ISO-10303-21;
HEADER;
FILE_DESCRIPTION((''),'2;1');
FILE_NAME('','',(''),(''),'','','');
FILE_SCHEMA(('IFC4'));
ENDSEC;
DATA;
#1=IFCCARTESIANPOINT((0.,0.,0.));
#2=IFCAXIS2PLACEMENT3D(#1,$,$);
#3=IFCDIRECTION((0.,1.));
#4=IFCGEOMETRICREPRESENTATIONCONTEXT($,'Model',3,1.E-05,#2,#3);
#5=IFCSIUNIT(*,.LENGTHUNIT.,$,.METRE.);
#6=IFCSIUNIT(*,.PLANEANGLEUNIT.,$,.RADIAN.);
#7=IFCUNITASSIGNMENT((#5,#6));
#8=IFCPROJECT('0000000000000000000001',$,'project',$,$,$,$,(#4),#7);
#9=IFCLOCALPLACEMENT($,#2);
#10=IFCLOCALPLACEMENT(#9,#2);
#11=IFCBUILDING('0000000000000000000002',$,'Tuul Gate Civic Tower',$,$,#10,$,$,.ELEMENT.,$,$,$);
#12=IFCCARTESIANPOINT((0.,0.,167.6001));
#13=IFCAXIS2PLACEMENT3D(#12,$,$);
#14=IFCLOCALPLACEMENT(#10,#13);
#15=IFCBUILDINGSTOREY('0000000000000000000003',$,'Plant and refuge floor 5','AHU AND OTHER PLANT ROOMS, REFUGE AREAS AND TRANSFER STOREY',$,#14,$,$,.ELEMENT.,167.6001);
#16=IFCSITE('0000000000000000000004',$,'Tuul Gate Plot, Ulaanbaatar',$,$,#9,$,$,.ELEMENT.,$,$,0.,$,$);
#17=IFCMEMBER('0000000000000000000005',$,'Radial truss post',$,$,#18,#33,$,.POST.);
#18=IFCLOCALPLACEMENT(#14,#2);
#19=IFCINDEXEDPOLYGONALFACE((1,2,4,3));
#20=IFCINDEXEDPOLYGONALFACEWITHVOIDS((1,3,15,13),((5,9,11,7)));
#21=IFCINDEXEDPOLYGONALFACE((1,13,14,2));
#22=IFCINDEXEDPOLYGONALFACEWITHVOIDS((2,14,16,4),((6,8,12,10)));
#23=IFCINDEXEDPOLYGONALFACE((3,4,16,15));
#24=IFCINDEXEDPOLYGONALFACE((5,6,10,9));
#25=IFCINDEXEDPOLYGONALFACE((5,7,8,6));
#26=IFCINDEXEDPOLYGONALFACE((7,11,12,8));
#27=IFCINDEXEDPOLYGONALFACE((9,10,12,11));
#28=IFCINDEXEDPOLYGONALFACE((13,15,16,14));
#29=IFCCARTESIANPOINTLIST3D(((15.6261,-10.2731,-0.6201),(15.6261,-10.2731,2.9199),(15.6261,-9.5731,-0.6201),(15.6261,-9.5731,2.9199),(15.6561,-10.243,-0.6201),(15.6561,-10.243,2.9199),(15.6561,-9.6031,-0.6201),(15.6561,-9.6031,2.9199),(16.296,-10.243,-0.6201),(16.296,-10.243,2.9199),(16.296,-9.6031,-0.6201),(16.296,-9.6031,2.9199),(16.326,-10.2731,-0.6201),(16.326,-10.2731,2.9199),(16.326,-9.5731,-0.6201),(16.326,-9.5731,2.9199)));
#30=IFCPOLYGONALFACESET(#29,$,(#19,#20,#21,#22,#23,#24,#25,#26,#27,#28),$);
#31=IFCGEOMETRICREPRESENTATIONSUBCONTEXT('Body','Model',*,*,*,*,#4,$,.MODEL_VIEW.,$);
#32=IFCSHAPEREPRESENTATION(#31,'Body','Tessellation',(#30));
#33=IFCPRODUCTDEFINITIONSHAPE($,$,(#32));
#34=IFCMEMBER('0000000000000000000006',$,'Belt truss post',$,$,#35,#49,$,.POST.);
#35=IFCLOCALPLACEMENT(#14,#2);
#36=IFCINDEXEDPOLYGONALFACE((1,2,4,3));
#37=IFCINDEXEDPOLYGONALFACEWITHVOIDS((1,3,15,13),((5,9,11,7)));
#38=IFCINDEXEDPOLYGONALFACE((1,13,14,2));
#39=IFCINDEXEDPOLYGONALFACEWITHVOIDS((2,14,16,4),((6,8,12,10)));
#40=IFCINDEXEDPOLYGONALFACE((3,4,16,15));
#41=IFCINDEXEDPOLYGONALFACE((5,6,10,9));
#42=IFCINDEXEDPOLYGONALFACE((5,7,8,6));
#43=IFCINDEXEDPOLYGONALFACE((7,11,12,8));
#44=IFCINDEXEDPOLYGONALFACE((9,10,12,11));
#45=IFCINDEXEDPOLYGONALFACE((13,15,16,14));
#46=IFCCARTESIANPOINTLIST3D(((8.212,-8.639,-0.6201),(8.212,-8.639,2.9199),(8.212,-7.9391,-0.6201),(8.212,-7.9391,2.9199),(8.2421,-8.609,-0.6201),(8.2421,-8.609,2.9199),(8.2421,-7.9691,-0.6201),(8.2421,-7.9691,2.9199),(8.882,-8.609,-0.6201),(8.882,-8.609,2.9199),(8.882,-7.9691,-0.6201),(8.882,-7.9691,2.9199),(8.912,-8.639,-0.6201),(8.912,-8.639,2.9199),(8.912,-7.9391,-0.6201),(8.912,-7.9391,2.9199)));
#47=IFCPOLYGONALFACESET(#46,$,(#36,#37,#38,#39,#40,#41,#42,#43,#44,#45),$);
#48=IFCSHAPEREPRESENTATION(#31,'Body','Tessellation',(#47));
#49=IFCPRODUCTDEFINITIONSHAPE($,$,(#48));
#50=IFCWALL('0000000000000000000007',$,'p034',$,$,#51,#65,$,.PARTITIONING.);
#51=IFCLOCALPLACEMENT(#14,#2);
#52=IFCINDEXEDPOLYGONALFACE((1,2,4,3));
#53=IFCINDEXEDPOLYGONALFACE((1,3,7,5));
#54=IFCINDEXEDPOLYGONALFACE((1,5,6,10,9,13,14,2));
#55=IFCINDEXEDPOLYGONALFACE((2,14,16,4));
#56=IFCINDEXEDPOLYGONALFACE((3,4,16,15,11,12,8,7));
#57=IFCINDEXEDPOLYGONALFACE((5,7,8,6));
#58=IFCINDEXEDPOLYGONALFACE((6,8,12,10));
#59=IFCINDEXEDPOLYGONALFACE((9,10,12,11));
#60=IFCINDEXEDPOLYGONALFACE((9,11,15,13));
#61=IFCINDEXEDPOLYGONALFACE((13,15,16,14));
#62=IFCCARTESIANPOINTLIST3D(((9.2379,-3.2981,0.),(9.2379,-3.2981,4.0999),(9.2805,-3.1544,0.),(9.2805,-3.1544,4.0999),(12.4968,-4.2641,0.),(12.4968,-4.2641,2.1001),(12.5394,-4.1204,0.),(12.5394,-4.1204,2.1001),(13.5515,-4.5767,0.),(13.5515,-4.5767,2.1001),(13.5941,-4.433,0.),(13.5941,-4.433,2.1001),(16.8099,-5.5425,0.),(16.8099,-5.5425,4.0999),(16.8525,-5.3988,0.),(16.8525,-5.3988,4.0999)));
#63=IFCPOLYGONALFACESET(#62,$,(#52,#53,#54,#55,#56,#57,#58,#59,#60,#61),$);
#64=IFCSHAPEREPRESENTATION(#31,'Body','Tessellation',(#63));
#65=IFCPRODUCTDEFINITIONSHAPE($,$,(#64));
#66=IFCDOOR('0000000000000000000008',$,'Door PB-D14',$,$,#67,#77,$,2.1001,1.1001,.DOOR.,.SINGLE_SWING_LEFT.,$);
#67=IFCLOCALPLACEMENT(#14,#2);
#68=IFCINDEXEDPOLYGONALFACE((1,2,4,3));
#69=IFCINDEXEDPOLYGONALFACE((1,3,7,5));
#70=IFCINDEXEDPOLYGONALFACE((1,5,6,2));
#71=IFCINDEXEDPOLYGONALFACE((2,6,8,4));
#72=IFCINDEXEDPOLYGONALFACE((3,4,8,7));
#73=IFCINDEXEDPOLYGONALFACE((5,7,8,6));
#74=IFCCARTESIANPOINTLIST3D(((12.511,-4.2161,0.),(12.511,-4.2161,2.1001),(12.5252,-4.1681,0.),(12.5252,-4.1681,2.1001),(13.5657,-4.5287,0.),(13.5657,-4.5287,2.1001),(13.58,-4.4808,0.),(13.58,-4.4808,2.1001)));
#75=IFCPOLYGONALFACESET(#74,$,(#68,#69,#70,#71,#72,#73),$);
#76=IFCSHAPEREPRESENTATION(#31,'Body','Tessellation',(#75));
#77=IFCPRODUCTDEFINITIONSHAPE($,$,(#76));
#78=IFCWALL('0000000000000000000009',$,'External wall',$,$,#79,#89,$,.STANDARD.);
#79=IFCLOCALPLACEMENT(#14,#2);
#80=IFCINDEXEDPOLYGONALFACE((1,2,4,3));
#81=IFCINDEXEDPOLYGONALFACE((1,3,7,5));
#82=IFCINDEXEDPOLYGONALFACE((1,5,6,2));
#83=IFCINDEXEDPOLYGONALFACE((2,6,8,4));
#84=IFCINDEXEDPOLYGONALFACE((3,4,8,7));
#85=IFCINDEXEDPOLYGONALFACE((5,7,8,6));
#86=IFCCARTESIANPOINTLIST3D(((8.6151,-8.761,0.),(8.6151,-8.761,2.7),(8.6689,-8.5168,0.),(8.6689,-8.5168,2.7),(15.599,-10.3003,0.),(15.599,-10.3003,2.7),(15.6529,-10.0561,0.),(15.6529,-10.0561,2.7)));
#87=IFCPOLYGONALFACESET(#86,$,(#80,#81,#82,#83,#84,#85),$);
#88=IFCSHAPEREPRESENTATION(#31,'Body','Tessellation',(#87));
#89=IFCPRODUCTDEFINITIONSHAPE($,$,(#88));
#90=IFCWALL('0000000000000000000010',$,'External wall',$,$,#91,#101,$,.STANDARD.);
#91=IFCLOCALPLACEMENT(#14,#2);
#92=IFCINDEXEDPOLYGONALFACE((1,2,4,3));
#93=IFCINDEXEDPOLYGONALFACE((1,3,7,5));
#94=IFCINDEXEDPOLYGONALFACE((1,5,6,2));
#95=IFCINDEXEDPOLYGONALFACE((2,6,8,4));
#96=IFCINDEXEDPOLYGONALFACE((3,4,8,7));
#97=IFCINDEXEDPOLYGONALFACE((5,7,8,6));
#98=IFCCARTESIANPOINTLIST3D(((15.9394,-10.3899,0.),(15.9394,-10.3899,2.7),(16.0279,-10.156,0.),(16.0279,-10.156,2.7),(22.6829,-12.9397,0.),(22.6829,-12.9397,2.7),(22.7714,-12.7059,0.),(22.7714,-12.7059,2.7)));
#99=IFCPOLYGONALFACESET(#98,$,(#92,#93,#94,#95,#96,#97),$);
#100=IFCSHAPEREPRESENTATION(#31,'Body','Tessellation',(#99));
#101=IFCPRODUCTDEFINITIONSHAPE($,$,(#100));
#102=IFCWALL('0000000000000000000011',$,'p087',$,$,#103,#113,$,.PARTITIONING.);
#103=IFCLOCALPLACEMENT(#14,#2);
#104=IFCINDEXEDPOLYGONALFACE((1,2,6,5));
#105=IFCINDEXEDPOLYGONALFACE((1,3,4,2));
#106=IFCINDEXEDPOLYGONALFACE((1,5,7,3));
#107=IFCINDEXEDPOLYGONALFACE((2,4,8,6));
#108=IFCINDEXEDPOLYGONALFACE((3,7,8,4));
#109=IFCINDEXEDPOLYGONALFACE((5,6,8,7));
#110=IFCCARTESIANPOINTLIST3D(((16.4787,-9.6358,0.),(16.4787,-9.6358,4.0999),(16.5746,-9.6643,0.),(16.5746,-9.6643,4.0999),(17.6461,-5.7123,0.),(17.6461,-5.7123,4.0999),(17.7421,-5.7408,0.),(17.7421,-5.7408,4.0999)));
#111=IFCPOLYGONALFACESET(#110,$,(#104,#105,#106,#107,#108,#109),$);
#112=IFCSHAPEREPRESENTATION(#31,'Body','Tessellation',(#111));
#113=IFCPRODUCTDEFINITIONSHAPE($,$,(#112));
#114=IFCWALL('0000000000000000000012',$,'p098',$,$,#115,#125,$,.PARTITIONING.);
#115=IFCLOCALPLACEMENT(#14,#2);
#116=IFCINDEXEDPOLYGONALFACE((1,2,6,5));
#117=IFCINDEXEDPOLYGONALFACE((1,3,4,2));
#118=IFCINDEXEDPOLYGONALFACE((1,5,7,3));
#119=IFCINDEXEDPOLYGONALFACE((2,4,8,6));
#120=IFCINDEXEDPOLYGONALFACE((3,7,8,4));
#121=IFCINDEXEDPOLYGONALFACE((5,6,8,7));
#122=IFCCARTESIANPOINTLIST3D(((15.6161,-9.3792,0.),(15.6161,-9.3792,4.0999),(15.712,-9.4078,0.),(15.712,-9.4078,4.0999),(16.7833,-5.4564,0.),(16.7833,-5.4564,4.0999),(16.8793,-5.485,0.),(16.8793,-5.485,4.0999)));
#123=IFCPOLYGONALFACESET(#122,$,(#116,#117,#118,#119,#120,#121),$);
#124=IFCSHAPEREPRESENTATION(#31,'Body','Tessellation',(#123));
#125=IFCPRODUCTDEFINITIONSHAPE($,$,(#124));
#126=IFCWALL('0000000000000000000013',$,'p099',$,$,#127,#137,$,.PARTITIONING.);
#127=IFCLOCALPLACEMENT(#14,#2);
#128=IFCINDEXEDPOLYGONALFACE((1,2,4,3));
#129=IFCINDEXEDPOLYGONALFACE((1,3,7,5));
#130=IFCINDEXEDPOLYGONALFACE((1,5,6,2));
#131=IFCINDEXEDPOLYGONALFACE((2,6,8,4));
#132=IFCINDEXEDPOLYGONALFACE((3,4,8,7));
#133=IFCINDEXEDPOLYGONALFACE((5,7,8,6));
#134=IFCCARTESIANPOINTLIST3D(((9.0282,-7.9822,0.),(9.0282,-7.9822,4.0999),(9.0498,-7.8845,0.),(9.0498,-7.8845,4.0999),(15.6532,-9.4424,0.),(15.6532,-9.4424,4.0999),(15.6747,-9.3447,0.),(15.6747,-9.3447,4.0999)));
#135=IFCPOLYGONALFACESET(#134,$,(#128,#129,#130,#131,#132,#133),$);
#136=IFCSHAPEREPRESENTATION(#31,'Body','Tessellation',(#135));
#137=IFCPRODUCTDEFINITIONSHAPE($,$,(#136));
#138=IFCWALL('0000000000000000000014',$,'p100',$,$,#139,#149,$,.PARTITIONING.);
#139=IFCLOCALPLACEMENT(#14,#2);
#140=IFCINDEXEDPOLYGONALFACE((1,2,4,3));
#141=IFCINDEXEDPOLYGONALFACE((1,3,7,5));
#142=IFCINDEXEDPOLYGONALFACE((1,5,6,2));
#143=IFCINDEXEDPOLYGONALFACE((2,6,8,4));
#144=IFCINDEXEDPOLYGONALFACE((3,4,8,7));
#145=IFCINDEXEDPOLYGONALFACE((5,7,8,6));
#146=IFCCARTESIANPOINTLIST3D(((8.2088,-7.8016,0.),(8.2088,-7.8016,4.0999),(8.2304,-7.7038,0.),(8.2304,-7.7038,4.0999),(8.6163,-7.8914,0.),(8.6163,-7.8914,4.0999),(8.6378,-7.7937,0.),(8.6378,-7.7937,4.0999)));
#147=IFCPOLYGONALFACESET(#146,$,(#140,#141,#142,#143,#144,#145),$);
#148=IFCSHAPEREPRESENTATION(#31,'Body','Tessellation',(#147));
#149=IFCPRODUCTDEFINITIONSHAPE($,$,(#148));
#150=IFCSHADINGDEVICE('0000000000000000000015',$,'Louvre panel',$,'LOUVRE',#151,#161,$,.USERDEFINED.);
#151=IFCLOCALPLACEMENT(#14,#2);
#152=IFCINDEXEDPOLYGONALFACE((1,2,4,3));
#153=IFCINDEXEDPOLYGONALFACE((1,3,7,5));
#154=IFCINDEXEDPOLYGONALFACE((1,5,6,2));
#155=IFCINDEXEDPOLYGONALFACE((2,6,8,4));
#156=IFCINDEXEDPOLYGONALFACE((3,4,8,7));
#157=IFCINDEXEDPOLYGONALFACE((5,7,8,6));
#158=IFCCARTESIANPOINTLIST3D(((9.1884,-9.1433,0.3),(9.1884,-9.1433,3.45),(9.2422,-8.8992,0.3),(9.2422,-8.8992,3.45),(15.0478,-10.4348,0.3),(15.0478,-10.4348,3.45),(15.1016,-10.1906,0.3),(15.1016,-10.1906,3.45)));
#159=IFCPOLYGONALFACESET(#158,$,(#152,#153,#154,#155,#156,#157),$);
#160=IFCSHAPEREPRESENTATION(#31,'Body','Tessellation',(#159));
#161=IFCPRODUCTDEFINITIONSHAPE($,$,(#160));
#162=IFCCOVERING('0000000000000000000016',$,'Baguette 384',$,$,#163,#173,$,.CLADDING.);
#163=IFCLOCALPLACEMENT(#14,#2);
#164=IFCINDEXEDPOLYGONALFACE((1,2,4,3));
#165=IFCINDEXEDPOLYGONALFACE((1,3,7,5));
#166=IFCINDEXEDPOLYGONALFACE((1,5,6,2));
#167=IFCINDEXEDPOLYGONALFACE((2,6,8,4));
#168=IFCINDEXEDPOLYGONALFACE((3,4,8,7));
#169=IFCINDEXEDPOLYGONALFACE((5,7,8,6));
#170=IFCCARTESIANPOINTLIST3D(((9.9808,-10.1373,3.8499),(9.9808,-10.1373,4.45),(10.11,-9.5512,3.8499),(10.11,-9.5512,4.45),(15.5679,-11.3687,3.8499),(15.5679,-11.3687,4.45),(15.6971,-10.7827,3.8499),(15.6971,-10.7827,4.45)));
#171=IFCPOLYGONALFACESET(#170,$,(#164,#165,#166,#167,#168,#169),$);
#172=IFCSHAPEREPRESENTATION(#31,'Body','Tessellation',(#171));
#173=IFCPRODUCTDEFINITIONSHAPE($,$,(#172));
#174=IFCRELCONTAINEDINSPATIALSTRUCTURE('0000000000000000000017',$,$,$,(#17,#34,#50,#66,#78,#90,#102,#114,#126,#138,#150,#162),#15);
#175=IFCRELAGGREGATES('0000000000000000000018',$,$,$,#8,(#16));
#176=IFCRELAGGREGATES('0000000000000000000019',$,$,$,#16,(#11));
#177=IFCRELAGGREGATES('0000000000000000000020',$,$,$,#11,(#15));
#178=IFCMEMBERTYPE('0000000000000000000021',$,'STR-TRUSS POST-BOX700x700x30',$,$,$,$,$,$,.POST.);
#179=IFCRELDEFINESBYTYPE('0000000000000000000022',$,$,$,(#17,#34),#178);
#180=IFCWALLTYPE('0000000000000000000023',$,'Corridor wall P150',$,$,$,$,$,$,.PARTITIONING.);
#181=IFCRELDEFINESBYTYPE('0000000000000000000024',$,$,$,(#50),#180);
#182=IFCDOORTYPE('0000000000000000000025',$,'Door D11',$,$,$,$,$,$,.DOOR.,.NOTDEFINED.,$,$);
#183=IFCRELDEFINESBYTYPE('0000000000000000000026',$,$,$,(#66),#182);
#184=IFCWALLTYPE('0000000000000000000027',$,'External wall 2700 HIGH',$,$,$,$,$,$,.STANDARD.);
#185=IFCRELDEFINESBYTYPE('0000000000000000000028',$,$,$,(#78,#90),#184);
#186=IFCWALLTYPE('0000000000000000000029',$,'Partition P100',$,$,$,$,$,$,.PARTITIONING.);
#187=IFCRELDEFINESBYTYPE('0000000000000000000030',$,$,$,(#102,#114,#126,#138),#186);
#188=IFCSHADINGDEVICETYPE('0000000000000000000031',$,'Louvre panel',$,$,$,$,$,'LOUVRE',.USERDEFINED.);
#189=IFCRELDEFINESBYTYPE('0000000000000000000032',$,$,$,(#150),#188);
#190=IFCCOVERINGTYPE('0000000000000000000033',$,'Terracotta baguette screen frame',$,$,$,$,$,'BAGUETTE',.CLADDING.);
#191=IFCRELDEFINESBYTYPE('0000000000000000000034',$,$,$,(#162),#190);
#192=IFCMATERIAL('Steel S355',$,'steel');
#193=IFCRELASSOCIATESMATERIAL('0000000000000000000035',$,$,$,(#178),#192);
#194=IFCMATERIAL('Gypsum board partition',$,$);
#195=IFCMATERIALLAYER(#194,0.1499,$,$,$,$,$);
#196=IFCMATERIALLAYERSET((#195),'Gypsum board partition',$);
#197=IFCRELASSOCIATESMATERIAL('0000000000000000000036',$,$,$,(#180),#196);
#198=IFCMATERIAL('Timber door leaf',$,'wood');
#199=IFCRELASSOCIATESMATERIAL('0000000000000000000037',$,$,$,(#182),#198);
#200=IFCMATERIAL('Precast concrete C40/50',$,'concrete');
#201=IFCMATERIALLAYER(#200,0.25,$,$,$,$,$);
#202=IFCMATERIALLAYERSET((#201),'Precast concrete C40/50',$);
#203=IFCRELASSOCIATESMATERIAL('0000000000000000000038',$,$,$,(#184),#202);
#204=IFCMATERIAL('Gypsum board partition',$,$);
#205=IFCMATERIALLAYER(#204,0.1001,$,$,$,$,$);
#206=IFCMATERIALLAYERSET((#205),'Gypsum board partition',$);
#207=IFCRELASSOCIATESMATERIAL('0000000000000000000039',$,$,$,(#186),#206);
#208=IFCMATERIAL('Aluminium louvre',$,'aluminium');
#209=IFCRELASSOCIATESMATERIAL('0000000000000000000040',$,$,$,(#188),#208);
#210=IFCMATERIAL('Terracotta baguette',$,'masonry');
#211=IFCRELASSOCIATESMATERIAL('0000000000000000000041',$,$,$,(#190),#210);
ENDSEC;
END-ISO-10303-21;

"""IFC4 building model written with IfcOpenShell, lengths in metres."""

from ifc_helpers import new_model, si_unit, direction, frame, frame_2d, origin, origin_2d, place, context, subcontext, project, spatial, rectangle, hollow_rectangle, extrude, material, layer, layer_set, material_profile, profile_set, type_object, element, fill, save


model = new_model("IFC4")

# Units and contexts
model_context = context("Model", 3, precision=1e-05, world=origin(), true_north=direction((0.0, 1.0)))
body_context = subcontext(model_context, "Body", "Model", "MODEL_VIEW")
ifc_project = project(units=[si_unit("LENGTHUNIT", "METRE"), si_unit("PLANEANGLEUNIT", "RADIAN")], contexts=[model_context])

# Site, building, storey
site_placement = place(None, origin())
site = spatial("IfcSite", under=ifc_project, at=site_placement, Name="Tuul Gate Plot, Ulaanbaatar", CompositionType="ELEMENT", RefElevation=0.0)
building_placement = place(site_placement, origin())
building = spatial("IfcBuilding", under=site, at=building_placement, Name="Tuul Gate Civic Tower", CompositionType="ELEMENT")
storey_placement = place(building_placement, frame((0.0, 0.0, 167.6001)))
storey = spatial("IfcBuildingStorey", under=building, at=storey_placement, Name="Plant and refuge floor 5", Description="AHU AND OTHER PLANT ROOMS, REFUGE AREAS AND TRANSFER STOREY", CompositionType="ELEMENT", Elevation=167.6001)

# Members
ifc_material_1 = material(Name="Steel S355", Category="steel")
ifc_material_profile_1 = material_profile(ifc_material_1, hollow_rectangle(XDim=0.7, YDim=0.7, WallThickness=0.03, at=origin_2d()), Name="BOX700x700x30")
ifc_profile_set_1 = profile_set([ifc_material_profile_1], Name="Steel S355")
member_type_1 = type_object("IfcMemberType", Name="STR-TRUSS POST-BOX700x700x30", PredefinedType="POST", material=ifc_profile_set_1)
for number, where, z_axis, x_axis, name in (
    (1, (15.9761, -9.9231, -0.6201), (0.0, 0.0, 1.0), (1.0, 0.0, 0.0), "Radial truss post"),
    (2, (8.562, -8.2891, -0.6201), (0.0, 0.0, 1.0), (1.0, 0.0, 0.0), "Belt truss post"),
):
    element("IfcMember", number, at=place(storey_placement, frame(where, z_axis=z_axis, x_axis=x_axis)), inside=storey, type_object=member_type_1, Name=name, PredefinedType="POST", context=body_context, shape_type="SweptSolid", body=[
        extrude(hollow_rectangle(XDim=0.7, YDim=0.7, WallThickness=0.03, at=origin_2d()), origin(), (0.0, 0.0, 1.0), 3.54),
    ])

# Wall, opening, door
ifc_material_2 = material(Name="Gypsum board partition")
ifc_layer_1 = layer(ifc_material_2, 0.1499)
ifc_layer_set_1 = layer_set([ifc_layer_1], Name="Gypsum board partition")
wall_type_1 = type_object("IfcWallType", Name="Corridor wall P150", PredefinedType="PARTITIONING", material=ifc_layer_set_1)
wall_1_placement = place(storey_placement, frame((9.2593, -3.2263, 0.0), z_axis=(0.0, 0.0, 1.0), x_axis=(0.95877, -0.284184, 0.0)))
wall_1 = element("IfcWall", 3, at=wall_1_placement, inside=storey, type_object=wall_type_1, Name="p034", PredefinedType="PARTITIONING", context=body_context, shape_type="SweptSolid", body=[
    extrude(rectangle(XDim=7.8977, YDim=0.1499, at=frame_2d((3.9487, 0.0))), origin(), (0.0, 0.0, 1.0), 4.0999),
])
opening_placement = place(wall_1_placement, frame((3.3989, 0.0, 0.0)))
opening = element("IfcOpeningElement", 4, at=opening_placement, cuts=wall_1, PredefinedType="OPENING", context=body_context, shape_type="SweptSolid", body=[
    extrude(rectangle(XDim=1.1001, YDim=2.1001, at=frame_2d((0.55, 1.05))), frame((0.0, 0.085, 0.0), z_axis=(0.0, -1.0, 0.0), x_axis=(1.0, 0.0, 0.0)), (0.0, 0.0, 1.0), 0.1699),
])
ifc_material_3 = material(Name="Timber door leaf", Category="wood")
door_type = type_object("IfcDoorType", Name="Door D11", OperationType="NOTDEFINED", PredefinedType="DOOR", material=ifc_material_3)
door_placement = place(opening_placement, frame((1.1001, 0.0, 0.0), z_axis=(0.0, 0.0, 1.0), x_axis=(-1.0, 0.0, 0.0)))
door = element("IfcDoor", 5, at=door_placement, inside=storey, type_object=door_type, Name="Door PB-D14", OperationType="SINGLE_SWING_LEFT", OverallHeight=2.1001, OverallWidth=1.1001, PredefinedType="DOOR", context=body_context, shape_type="SweptSolid", body=[
    extrude(rectangle(XDim=1.1001, YDim=2.1001, at=frame_2d((0.55, 1.05))), frame((0.0, 0.0249, 0.0), z_axis=(0.0, -1.0, 0.0), x_axis=(1.0, 0.0, 0.0)), (0.0, 0.0, 1.0), 0.05),
])
fill(opening, door)

# Walls
ifc_material_4 = material(Name="Precast concrete C40/50", Category="concrete")
ifc_layer_2 = layer(ifc_material_4, 0.25)
ifc_layer_set_2 = layer_set([ifc_layer_2], Name="Precast concrete C40/50")
wall_type_2 = type_object("IfcWallType", Name="External wall 2700 HIGH", PredefinedType="STANDARD", material=ifc_layer_set_2)
wall_2_placement = place(storey_placement, frame((8.6421, -8.6389, 0.0), z_axis=(0.0, 0.0, 1.0), x_axis=(0.976561, -0.215242, 0.0)))
element("IfcWall", 6, at=wall_2_placement, inside=storey, type_object=wall_type_2, Name="External wall", PredefinedType="STANDARD", context=body_context, shape_type="SweptSolid", body=[
    extrude(rectangle(XDim=7.1516, YDim=0.25, at=frame_2d((3.5757, 0.0))), origin(), (0.0, 0.0, 1.0), 2.7),
])
wall_3_placement = place(storey_placement, frame((15.9836, -10.2729, 0.0), z_axis=(0.0, 0.0, 1.0), x_axis=(0.935367, -0.353679, 0.0)))
element("IfcWall", 7, at=wall_3_placement, inside=storey, type_object=wall_type_2, Name="External wall", PredefinedType="STANDARD", context=body_context, shape_type="SweptSolid", body=[
    extrude(rectangle(XDim=7.2095, YDim=0.25, at=frame_2d((3.6047, 0.0))), origin(), (0.0, 0.0, 1.0), 2.7),
])
ifc_material_5 = material(Name="Gypsum board partition")
ifc_layer_3 = layer(ifc_material_5, 0.1001)
ifc_layer_set_3 = layer_set([ifc_layer_3], Name="Gypsum board partition")
wall_type_3 = type_object("IfcWallType", Name="Partition P100", PredefinedType="PARTITIONING", material=ifc_layer_set_3)
wall_4_placement = place(storey_placement, frame((16.5266, -9.6501, 0.0), z_axis=(0.0, 0.0, 1.0), x_axis=(0.285197, 0.958469, 0.0)))
element("IfcWall", 8, at=wall_4_placement, inside=storey, type_object=wall_type_3, Name="p087", PredefinedType="PARTITIONING", context=body_context, shape_type="SweptSolid", body=[
    extrude(rectangle(XDim=4.0935, YDim=0.1001, at=frame_2d((2.0469, 0.0))), origin(), (0.0, 0.0, 1.0), 4.0999),
])
wall_5_placement = place(storey_placement, frame((16.8313, -5.4707, 0.0), z_axis=(0.0, 0.0, 1.0), x_axis=(-0.285191, -0.958471, 0.0)))
element("IfcWall", 9, at=wall_5_placement, inside=storey, type_object=wall_type_3, Name="p098", PredefinedType="PARTITIONING", context=body_context, shape_type="SweptSolid", body=[
    extrude(rectangle(XDim=4.0928, YDim=0.1001, at=frame_2d((2.0464, 0.0))), origin(), (0.0, 0.0, 1.0), 4.0999),
])
wall_6_placement = place(storey_placement, frame((15.6641, -9.3936, 0.0), z_axis=(0.0, 0.0, 1.0), x_axis=(-0.976561, 0.215242, 0.0)))
element("IfcWall", 10, at=wall_6_placement, inside=storey, type_object=wall_type_3, Name="p099", PredefinedType="PARTITIONING", context=body_context, shape_type="SweptSolid", body=[
    extrude(rectangle(XDim=6.7839, YDim=0.1001, at=frame_2d((3.3921, 0.0))), origin(), (0.0, 0.0, 1.0), 4.0999),
])
wall_7_placement = place(storey_placement, frame((8.627, -7.8425, 0.0), z_axis=(0.0, 0.0, 1.0), x_axis=(-0.976544, 0.215319, 0.0)))
element("IfcWall", 11, at=wall_7_placement, inside=storey, type_object=wall_type_3, Name="p100", PredefinedType="PARTITIONING", context=body_context, shape_type="SweptSolid", body=[
    extrude(rectangle(XDim=0.4172, YDim=0.1001, at=frame_2d((0.2085, 0.0))), origin(), (0.0, 0.0, 1.0), 4.0999),
])

# Shading device
ifc_material_6 = material(Name="Aluminium louvre", Category="aluminium")
shading_device_type = type_object("IfcShadingDeviceType", Name="Louvre panel", ElementType="LOUVRE", PredefinedType="USERDEFINED", material=ifc_material_6)
shading_device_placement = place(storey_placement, frame((12.145, -9.667, 0.3), z_axis=(0.0, 0.0, 1.0), x_axis=(-0.215242, -0.976561, 0.0)))
element("IfcShadingDevice", 12, at=shading_device_placement, inside=storey, type_object=shading_device_type, Name="Louvre panel", ObjectType="LOUVRE", PredefinedType="USERDEFINED", context=body_context, shape_type="SweptSolid", body=[
    extrude(rectangle(XDim=0.25, YDim=6.0, at=origin_2d()), origin(), (0.0, 0.0, 1.0), 3.1499),
])

# Covering
ifc_material_7 = material(Name="Terracotta baguette", Category="masonry")
ifc_material_profile_2 = material_profile(ifc_material_7, rectangle(XDim=0.6001, YDim=0.6001, at=origin_2d()), Name="Terracotta baguette screen frame")
ifc_profile_set_2 = profile_set([ifc_material_profile_2], Name="Terracotta baguette")
covering_type = type_object("IfcCoveringType", Name="Terracotta baguette screen frame", ElementType="BAGUETTE", PredefinedType="CLADDING", material=ifc_profile_set_2)
covering_1_placement = place(storey_placement, frame((10.0454, -9.8442, 4.1499), z_axis=(0.976561, -0.21524, 0.0), x_axis=(0.21524, 0.976561, 0.0)))
element("IfcCovering", 13, at=covering_1_placement, inside=storey, type_object=covering_type, Name="Baguette 384", PredefinedType="CLADDING", context=body_context, shape_type="SweptSolid", body=[
    extrude(rectangle(XDim=0.6001, YDim=0.6001, at=origin_2d()), origin(), (0.0, 0.0, 1.0), 5.7212),
])

save(model, "model.ifc")
